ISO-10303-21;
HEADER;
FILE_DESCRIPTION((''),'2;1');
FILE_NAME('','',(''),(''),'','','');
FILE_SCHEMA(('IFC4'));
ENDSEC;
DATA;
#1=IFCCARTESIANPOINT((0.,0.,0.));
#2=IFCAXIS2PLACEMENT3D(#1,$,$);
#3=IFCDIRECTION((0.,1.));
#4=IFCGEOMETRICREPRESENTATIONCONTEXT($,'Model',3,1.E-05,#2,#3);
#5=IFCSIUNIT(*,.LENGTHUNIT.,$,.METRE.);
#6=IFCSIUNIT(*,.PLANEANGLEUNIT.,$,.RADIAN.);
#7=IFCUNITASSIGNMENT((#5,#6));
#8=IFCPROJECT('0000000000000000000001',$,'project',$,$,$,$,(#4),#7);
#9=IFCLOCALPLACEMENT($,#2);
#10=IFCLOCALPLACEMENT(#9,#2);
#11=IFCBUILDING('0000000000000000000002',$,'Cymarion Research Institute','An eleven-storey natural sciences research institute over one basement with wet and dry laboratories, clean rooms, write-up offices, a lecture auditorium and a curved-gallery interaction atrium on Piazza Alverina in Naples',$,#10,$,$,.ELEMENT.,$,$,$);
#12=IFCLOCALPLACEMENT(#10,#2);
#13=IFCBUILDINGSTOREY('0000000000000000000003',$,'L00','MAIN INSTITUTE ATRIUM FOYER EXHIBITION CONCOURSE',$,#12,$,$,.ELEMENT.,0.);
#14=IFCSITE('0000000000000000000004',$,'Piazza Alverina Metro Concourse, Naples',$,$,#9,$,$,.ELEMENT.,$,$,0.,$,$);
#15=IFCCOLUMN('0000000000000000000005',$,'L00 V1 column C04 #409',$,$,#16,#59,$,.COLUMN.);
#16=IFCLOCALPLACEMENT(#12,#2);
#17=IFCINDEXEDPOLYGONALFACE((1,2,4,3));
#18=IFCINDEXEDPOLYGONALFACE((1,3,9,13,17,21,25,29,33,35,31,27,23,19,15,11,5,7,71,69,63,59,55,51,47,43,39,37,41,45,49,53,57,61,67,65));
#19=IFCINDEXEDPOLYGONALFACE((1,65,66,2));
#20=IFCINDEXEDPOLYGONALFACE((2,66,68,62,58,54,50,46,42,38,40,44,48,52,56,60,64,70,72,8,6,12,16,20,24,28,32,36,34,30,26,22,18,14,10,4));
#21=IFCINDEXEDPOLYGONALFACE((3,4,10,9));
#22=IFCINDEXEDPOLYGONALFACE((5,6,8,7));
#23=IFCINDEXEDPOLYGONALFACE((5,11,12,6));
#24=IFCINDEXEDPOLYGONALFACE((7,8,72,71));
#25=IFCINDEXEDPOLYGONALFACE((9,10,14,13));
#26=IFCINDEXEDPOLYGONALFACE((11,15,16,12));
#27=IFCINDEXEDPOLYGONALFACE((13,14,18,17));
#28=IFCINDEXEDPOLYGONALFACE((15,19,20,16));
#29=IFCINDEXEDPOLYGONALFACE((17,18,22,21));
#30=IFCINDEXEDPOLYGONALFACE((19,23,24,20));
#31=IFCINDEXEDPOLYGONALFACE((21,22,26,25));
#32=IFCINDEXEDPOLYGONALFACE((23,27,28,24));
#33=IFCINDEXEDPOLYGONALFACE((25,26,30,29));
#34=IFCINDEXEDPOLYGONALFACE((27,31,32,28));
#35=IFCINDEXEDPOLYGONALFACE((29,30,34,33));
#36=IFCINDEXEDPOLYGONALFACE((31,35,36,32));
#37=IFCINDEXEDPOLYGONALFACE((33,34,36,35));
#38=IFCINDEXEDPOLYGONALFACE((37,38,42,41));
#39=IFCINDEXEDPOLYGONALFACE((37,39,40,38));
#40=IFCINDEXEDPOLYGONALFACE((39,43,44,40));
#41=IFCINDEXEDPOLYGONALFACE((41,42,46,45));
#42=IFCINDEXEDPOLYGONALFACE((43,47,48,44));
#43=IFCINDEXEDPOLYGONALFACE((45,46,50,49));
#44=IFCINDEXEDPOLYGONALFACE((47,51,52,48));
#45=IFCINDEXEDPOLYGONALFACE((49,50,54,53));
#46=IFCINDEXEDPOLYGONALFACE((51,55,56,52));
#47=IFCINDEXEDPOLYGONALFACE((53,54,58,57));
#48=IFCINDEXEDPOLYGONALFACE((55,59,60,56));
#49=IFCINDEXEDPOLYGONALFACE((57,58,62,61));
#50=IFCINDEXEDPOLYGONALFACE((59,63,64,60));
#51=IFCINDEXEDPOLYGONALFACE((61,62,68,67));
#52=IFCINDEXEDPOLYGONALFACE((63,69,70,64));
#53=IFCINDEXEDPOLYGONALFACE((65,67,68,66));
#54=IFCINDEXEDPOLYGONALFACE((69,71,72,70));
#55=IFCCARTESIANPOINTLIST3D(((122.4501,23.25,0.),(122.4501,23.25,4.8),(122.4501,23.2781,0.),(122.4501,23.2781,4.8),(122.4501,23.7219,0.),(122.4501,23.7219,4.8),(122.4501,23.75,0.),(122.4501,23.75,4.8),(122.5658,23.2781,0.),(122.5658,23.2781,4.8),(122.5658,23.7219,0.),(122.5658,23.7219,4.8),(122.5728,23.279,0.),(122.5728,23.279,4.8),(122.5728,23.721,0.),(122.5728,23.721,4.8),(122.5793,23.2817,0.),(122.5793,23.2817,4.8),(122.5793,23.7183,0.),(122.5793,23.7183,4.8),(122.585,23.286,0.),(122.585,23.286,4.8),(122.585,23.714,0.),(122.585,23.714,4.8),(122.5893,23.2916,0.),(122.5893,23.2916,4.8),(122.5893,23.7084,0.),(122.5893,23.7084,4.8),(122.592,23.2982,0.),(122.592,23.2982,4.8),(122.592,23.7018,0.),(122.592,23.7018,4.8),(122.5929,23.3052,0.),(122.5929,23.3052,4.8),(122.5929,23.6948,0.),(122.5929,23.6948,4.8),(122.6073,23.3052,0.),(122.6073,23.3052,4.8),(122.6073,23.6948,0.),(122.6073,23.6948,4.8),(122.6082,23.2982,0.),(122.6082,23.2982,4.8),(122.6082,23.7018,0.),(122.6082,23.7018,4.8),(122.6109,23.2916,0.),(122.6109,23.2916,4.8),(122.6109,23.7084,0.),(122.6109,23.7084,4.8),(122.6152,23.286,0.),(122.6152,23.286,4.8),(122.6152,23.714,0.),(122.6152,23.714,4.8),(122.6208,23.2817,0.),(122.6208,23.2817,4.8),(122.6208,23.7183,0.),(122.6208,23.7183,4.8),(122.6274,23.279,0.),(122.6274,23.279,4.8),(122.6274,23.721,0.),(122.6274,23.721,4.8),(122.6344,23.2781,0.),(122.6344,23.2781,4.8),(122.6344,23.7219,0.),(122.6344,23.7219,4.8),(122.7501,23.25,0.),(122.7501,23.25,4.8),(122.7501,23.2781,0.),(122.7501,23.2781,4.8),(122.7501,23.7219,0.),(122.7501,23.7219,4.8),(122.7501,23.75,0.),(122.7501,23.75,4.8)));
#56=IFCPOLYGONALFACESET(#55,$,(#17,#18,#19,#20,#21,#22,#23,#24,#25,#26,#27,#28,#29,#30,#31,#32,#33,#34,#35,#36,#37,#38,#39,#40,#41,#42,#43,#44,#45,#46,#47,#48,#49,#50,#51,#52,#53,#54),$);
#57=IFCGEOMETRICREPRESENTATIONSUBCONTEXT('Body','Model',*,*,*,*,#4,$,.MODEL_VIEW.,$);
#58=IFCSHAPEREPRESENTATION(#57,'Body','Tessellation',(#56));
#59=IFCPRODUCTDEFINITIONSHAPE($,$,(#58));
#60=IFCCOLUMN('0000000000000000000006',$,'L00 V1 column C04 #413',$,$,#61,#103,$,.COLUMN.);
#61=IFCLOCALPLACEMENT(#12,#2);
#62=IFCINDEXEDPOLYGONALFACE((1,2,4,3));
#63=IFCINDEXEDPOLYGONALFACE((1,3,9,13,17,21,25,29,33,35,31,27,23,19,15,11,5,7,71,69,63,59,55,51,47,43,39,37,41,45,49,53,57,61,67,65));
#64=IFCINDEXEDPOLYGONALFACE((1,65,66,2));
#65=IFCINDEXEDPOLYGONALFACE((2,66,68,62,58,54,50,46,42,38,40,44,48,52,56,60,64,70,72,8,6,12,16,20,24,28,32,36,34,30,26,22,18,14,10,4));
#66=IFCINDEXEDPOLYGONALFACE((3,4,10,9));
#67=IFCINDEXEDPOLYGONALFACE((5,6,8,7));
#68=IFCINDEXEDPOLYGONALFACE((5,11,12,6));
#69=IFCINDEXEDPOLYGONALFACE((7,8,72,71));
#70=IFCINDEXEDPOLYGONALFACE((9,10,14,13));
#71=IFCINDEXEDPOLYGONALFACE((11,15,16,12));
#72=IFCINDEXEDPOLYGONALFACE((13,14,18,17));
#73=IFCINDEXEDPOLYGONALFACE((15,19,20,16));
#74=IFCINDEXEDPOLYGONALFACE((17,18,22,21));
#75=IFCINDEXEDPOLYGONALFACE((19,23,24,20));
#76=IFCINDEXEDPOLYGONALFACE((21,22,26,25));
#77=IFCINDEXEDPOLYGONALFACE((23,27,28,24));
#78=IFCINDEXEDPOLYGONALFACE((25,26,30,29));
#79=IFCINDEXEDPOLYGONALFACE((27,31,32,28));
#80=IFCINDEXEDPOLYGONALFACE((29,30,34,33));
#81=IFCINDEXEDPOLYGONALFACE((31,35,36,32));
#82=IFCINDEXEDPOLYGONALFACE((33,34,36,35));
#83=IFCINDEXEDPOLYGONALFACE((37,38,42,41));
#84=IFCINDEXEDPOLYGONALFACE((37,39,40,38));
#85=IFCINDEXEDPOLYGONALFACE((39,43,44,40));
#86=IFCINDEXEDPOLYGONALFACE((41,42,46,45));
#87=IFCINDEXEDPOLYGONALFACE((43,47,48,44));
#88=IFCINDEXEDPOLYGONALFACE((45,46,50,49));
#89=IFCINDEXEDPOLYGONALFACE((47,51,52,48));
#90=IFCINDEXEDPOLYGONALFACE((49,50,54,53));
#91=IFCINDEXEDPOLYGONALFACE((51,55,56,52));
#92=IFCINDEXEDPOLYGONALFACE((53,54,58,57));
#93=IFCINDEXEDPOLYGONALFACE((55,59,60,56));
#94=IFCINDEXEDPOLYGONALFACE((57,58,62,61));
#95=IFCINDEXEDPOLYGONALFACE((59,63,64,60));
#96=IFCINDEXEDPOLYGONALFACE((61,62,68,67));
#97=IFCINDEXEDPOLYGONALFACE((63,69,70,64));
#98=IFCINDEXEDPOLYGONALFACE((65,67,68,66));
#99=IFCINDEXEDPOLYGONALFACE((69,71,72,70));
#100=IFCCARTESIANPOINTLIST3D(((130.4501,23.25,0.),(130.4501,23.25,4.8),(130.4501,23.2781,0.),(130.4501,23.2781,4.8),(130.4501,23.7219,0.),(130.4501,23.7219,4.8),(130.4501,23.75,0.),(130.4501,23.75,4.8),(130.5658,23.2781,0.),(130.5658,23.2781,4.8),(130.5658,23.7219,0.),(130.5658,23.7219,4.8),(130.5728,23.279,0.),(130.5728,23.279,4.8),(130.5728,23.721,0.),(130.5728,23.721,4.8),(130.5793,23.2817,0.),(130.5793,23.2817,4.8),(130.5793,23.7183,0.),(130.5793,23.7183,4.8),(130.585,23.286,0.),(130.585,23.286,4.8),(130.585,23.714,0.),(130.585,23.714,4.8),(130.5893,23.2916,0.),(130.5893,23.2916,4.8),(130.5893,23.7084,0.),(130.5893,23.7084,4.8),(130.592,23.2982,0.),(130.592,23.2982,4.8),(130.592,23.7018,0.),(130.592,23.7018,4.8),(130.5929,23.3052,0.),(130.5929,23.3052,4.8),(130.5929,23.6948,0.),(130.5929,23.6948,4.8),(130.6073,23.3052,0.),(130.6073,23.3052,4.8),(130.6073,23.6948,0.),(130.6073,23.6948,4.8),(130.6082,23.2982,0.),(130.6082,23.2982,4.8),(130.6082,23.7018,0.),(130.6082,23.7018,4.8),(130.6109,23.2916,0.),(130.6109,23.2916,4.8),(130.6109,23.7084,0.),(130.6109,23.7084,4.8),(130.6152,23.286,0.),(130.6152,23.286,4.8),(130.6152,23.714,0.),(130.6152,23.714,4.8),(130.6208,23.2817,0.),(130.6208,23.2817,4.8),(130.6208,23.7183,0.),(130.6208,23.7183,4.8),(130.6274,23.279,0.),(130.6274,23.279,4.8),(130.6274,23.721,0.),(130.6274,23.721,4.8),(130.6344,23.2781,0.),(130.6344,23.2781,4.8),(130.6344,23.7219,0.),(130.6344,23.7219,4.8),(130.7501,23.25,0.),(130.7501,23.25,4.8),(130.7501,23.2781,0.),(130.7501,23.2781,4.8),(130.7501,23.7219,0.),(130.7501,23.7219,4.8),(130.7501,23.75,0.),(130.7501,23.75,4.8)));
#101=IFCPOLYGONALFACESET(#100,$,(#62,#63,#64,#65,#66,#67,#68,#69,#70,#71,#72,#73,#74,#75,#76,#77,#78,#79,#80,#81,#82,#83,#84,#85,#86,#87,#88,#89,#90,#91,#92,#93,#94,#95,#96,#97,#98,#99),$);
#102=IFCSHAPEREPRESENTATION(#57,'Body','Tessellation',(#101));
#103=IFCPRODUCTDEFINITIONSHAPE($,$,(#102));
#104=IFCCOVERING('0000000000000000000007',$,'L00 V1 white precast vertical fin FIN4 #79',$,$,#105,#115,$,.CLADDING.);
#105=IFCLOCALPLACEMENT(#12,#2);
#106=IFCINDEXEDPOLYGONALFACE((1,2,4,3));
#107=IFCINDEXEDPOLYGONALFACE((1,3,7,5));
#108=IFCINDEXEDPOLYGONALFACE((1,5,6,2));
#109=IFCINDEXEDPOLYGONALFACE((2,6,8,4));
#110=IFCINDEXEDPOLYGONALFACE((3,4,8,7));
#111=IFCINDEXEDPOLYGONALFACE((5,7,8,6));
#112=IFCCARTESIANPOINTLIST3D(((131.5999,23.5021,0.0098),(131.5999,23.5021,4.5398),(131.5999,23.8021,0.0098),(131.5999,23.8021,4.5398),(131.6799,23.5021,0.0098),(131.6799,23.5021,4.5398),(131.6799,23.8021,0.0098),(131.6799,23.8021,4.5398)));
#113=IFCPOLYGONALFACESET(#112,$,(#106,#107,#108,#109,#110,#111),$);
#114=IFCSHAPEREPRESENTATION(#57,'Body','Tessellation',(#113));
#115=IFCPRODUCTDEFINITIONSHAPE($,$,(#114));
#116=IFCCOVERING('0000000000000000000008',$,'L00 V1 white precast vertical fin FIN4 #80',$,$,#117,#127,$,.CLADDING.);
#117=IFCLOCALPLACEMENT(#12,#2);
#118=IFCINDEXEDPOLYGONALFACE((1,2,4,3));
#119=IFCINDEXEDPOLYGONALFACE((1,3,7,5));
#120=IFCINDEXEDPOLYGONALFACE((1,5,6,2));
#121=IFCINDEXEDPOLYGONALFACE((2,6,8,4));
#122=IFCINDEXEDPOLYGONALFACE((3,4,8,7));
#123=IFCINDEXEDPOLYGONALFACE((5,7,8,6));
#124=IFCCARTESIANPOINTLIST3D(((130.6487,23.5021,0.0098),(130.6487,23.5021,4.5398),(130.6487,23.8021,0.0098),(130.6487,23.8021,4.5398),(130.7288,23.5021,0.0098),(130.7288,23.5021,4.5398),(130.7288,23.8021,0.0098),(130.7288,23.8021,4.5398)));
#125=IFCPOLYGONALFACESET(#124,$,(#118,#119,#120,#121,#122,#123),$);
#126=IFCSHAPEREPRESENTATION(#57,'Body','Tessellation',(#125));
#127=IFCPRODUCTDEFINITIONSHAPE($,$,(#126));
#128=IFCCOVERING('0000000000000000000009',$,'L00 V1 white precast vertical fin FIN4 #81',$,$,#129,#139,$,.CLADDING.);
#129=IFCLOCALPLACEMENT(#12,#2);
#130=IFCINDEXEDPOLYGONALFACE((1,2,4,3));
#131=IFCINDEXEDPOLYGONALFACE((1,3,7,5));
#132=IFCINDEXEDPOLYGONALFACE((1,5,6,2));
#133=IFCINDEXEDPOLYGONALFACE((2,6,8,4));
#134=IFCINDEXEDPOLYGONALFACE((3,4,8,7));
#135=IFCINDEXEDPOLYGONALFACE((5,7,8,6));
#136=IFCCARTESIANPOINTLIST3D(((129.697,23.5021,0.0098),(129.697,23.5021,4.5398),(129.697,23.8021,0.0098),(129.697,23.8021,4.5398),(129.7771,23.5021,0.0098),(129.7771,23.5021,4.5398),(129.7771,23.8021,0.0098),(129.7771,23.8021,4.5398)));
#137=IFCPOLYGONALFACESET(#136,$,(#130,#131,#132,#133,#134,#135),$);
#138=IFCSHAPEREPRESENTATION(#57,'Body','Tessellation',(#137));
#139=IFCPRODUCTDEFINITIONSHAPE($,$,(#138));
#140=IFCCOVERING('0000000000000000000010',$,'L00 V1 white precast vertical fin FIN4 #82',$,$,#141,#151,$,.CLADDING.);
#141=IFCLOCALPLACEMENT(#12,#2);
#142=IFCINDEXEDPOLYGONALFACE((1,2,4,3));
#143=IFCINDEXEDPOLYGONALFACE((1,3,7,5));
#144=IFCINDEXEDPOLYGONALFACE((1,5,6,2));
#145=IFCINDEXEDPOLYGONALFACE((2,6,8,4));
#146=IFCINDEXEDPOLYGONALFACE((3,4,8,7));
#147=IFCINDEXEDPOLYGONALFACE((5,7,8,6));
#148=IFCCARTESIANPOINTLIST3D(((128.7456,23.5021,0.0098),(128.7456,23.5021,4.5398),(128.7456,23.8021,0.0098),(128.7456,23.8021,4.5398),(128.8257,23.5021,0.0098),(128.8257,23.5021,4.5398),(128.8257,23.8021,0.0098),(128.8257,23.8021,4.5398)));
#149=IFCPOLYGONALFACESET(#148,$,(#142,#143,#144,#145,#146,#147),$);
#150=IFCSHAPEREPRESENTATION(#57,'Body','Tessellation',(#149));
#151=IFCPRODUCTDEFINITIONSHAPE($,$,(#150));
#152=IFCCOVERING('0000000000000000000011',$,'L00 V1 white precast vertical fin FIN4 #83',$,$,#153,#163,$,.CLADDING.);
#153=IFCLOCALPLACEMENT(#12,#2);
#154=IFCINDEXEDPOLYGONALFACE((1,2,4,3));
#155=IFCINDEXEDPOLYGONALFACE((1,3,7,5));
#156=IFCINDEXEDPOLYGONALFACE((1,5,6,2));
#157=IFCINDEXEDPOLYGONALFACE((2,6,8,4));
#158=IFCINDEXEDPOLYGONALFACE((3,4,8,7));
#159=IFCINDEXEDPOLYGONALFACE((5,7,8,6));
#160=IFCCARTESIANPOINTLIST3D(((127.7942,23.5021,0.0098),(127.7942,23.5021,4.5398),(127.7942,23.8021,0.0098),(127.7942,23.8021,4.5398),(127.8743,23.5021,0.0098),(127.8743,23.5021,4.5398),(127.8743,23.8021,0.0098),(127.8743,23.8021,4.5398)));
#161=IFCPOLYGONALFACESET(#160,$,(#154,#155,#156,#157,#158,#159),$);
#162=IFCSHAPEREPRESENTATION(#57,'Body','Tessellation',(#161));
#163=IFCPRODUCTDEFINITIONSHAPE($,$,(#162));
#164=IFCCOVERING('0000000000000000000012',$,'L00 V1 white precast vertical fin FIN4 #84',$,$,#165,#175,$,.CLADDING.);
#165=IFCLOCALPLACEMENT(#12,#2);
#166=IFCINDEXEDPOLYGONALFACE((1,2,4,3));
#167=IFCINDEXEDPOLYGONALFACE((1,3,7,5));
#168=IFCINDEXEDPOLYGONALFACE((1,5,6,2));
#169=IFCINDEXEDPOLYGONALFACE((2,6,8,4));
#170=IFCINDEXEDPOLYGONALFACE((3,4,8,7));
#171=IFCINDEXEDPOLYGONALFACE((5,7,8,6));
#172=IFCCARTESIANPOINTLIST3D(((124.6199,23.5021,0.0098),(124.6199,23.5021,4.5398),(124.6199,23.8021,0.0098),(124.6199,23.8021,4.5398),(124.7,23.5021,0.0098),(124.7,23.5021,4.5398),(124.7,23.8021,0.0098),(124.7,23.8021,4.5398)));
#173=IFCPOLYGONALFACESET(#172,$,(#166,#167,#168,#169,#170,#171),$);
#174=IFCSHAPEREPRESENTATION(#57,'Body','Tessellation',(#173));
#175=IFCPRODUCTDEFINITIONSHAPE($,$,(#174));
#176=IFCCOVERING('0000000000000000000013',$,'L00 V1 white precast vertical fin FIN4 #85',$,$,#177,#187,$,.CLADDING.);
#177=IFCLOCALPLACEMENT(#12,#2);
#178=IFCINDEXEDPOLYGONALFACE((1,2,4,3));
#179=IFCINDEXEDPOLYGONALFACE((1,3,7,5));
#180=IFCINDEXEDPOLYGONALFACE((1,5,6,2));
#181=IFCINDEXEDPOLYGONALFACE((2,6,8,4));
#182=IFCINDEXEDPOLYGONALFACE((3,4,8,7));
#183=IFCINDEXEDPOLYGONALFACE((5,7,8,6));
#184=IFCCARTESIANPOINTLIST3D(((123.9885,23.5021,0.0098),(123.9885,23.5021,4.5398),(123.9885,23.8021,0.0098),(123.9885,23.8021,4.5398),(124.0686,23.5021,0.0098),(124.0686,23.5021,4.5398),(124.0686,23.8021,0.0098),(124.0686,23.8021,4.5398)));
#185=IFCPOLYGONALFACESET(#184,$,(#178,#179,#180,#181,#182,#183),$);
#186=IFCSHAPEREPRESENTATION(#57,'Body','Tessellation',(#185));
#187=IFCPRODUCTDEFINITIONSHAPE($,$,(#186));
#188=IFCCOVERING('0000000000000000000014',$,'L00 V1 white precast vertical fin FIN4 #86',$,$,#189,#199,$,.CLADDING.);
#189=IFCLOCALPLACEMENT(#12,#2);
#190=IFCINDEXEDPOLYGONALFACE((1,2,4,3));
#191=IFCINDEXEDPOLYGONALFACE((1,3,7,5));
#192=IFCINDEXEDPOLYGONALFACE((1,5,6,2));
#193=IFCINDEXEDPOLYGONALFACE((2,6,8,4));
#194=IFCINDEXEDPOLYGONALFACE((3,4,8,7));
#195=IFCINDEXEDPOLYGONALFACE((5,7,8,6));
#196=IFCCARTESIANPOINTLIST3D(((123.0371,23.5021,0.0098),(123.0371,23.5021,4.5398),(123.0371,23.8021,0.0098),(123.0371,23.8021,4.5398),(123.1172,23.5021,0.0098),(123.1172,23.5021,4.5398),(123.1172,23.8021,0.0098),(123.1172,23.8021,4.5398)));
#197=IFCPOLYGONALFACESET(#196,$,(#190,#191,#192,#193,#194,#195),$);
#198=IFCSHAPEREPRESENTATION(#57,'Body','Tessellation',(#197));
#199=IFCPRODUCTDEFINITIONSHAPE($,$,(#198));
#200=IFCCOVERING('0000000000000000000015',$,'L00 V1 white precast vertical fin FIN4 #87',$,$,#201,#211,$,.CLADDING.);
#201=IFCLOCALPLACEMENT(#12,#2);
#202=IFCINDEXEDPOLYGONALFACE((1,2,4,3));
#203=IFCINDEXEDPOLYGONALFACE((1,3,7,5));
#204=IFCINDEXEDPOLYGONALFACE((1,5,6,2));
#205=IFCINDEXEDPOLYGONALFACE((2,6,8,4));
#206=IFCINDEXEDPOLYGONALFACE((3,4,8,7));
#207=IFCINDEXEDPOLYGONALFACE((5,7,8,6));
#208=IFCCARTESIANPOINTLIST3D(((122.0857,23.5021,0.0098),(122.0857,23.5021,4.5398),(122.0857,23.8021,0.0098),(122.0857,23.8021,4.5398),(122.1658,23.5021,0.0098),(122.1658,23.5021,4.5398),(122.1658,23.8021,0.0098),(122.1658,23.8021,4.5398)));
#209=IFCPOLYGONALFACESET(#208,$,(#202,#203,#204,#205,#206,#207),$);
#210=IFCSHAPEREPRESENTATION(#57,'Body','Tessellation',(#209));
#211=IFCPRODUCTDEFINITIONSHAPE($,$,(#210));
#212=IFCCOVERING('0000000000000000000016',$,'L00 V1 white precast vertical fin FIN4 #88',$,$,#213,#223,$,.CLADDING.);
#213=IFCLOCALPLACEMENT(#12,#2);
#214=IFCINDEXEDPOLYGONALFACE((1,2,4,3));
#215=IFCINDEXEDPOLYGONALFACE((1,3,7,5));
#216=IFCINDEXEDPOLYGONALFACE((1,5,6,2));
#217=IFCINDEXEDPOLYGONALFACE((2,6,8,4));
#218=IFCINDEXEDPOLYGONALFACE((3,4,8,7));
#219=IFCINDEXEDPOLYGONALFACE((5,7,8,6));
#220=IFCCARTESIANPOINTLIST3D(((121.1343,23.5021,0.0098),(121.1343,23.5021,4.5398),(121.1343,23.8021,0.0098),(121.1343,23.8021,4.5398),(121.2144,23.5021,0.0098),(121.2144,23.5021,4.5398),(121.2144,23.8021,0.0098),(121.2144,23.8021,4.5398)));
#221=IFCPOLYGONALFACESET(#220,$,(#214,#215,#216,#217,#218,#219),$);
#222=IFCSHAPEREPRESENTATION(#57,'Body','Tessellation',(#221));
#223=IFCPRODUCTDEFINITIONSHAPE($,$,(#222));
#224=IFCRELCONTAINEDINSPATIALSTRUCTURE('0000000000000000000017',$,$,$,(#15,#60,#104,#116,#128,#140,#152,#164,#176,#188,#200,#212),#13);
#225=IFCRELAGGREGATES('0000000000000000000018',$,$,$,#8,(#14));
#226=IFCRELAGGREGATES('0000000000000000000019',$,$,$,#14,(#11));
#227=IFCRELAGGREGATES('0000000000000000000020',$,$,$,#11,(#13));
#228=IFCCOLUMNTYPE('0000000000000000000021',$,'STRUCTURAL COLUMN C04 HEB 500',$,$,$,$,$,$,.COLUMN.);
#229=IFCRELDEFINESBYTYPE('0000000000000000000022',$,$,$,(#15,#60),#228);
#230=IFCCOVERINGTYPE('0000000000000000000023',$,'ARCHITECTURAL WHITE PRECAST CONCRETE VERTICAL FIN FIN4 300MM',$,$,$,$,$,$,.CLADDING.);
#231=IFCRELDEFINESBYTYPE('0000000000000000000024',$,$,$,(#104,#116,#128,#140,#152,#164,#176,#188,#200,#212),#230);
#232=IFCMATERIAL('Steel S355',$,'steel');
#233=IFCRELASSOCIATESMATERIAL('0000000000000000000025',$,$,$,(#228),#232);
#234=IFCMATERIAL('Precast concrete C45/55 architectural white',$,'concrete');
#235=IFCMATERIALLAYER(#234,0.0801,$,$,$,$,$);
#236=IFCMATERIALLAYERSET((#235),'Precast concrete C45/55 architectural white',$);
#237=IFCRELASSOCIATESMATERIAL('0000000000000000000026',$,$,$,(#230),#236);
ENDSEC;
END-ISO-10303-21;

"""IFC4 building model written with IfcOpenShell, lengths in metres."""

from ifc_helpers import new_model, si_unit, direction, frame, origin, origin_2d, place, context, subcontext, project, spatial, rectangle, i_section, extrude, material, layer, layer_set, material_profile, profile_set, type_object, element, save


model = new_model("IFC4")

# Units and contexts
model_context = context("Model", 3, precision=1e-05, world=origin(), true_north=direction((0.0, 1.0)))
body_context = subcontext(model_context, "Body", "Model", "MODEL_VIEW")
ifc_project = project(units=[si_unit("LENGTHUNIT", "METRE"), si_unit("PLANEANGLEUNIT", "RADIAN")], contexts=[model_context])

# Site, building, storey
site_placement = place(None, origin())
site = spatial("IfcSite", under=ifc_project, at=site_placement, Name="Piazza Alverina Metro Concourse, Naples", CompositionType="ELEMENT", RefElevation=0.0)
building_placement = place(site_placement, origin())
building = spatial("IfcBuilding", under=site, at=building_placement, Name="Cymarion Research Institute", Description="An eleven-storey natural sciences research institute over one basement with wet and dry laboratories, clean rooms, write-up offices, a lecture auditorium and a curved-gallery interaction atrium on Piazza Alverina in Naples", CompositionType="ELEMENT")
storey_placement = place(building_placement, origin())
storey = spatial("IfcBuildingStorey", under=building, at=storey_placement, Name="L00", Description="MAIN INSTITUTE ATRIUM FOYER EXHIBITION CONCOURSE", CompositionType="ELEMENT", Elevation=0.0)

# Columns
ifc_material_1 = material(Name="Steel S355", Category="steel")
ifc_material_profile = material_profile(ifc_material_1, i_section(OverallWidth=0.3, OverallDepth=0.5, WebThickness=0.0144, FlangeThickness=0.0281, FilletRadius=0.0271, at=origin_2d()), Name="HEB 500")
ifc_profile_set = profile_set([ifc_material_profile], Name="Steel S355")
column_type = type_object("IfcColumnType", Name="STRUCTURAL COLUMN C04 HEB 500", PredefinedType="COLUMN", material=ifc_profile_set)
for number, where, z_axis, x_axis, name in (
    (1, (122.6001, 23.5, 0.0), (0.0, 0.0, 1.0), (1.0, 0.0, 0.0), "L00 V1 column C04 #409"),
    (2, (130.6001, 23.5, 0.0), (0.0, 0.0, 1.0), (1.0, 0.0, 0.0), "L00 V1 column C04 #413"),
):
    element("IfcColumn", number, at=place(storey_placement, frame(where, z_axis=z_axis, x_axis=x_axis)), inside=storey, type_object=column_type, Name=name, PredefinedType="COLUMN", context=body_context, shape_type="SweptSolid", body=[
        extrude(i_section(OverallWidth=0.3, OverallDepth=0.5, WebThickness=0.0144, FlangeThickness=0.0281, FilletRadius=0.0271, at=origin_2d()), origin(), (0.0, 0.0, 1.0), 4.8),
    ])

# Coverings
ifc_material_2 = material(Name="Precast concrete C45/55 architectural white", Category="concrete")
ifc_layer = layer(ifc_material_2, 0.0801)
ifc_layer_set = layer_set([ifc_layer], Name="Precast concrete C45/55 architectural white")
covering_type = type_object("IfcCoveringType", Name="ARCHITECTURAL WHITE PRECAST CONCRETE VERTICAL FIN FIN4 300MM", PredefinedType="CLADDING", material=ifc_layer_set)
for number, where, z_axis, x_axis, name in (
    (3, (131.6399, 23.6521, 0.0098), (0.0, 0.0, 1.0), (0.0, 1.0, 0.0), "L00 V1 white precast vertical fin FIN4 #79"),
    (4, (130.6887, 23.6521, 0.0098), (0.0, 0.0, 1.0), (0.0, 1.0, 0.0), "L00 V1 white precast vertical fin FIN4 #80"),
    (5, (129.7371, 23.6521, 0.0098), (0.0, 0.0, 1.0), (0.0, 1.0, 0.0), "L00 V1 white precast vertical fin FIN4 #81"),
    (6, (128.7856, 23.6521, 0.0098), (0.0, 0.0, 1.0), (0.0, 1.0, 0.0), "L00 V1 white precast vertical fin FIN4 #82"),
    (7, (127.8342, 23.6521, 0.0098), (0.0, 0.0, 1.0), (0.0, 1.0, 0.0), "L00 V1 white precast vertical fin FIN4 #83"),
    (8, (124.6599, 23.6521, 0.0098), (0.0, 0.0, 1.0), (0.0, 1.0, 0.0), "L00 V1 white precast vertical fin FIN4 #84"),
    (9, (124.0286, 23.6521, 0.0098), (0.0, 0.0, 1.0), (0.0, 1.0, 0.0), "L00 V1 white precast vertical fin FIN4 #85"),
    (10, (123.0771, 23.6521, 0.0098), (0.0, 0.0, 1.0), (0.0, 1.0, 0.0), "L00 V1 white precast vertical fin FIN4 #86"),
    (11, (122.1257, 23.6521, 0.0098), (0.0, 0.0, 1.0), (0.0, 1.0, 0.0), "L00 V1 white precast vertical fin FIN4 #87"),
    (12, (121.1743, 23.6521, 0.0098), (0.0, 0.0, 1.0), (0.0, 1.0, 0.0), "L00 V1 white precast vertical fin FIN4 #88"),
):
    element("IfcCovering", number, at=place(storey_placement, frame(where, z_axis=z_axis, x_axis=x_axis)), inside=storey, type_object=covering_type, Name=name, PredefinedType="CLADDING", context=body_context, shape_type="SweptSolid", body=[
        extrude(rectangle(XDim=0.3, YDim=0.0801, at=origin_2d()), origin(), (0.0, 0.0, 1.0), 4.53),
    ])

save(model, "model.ifc")
